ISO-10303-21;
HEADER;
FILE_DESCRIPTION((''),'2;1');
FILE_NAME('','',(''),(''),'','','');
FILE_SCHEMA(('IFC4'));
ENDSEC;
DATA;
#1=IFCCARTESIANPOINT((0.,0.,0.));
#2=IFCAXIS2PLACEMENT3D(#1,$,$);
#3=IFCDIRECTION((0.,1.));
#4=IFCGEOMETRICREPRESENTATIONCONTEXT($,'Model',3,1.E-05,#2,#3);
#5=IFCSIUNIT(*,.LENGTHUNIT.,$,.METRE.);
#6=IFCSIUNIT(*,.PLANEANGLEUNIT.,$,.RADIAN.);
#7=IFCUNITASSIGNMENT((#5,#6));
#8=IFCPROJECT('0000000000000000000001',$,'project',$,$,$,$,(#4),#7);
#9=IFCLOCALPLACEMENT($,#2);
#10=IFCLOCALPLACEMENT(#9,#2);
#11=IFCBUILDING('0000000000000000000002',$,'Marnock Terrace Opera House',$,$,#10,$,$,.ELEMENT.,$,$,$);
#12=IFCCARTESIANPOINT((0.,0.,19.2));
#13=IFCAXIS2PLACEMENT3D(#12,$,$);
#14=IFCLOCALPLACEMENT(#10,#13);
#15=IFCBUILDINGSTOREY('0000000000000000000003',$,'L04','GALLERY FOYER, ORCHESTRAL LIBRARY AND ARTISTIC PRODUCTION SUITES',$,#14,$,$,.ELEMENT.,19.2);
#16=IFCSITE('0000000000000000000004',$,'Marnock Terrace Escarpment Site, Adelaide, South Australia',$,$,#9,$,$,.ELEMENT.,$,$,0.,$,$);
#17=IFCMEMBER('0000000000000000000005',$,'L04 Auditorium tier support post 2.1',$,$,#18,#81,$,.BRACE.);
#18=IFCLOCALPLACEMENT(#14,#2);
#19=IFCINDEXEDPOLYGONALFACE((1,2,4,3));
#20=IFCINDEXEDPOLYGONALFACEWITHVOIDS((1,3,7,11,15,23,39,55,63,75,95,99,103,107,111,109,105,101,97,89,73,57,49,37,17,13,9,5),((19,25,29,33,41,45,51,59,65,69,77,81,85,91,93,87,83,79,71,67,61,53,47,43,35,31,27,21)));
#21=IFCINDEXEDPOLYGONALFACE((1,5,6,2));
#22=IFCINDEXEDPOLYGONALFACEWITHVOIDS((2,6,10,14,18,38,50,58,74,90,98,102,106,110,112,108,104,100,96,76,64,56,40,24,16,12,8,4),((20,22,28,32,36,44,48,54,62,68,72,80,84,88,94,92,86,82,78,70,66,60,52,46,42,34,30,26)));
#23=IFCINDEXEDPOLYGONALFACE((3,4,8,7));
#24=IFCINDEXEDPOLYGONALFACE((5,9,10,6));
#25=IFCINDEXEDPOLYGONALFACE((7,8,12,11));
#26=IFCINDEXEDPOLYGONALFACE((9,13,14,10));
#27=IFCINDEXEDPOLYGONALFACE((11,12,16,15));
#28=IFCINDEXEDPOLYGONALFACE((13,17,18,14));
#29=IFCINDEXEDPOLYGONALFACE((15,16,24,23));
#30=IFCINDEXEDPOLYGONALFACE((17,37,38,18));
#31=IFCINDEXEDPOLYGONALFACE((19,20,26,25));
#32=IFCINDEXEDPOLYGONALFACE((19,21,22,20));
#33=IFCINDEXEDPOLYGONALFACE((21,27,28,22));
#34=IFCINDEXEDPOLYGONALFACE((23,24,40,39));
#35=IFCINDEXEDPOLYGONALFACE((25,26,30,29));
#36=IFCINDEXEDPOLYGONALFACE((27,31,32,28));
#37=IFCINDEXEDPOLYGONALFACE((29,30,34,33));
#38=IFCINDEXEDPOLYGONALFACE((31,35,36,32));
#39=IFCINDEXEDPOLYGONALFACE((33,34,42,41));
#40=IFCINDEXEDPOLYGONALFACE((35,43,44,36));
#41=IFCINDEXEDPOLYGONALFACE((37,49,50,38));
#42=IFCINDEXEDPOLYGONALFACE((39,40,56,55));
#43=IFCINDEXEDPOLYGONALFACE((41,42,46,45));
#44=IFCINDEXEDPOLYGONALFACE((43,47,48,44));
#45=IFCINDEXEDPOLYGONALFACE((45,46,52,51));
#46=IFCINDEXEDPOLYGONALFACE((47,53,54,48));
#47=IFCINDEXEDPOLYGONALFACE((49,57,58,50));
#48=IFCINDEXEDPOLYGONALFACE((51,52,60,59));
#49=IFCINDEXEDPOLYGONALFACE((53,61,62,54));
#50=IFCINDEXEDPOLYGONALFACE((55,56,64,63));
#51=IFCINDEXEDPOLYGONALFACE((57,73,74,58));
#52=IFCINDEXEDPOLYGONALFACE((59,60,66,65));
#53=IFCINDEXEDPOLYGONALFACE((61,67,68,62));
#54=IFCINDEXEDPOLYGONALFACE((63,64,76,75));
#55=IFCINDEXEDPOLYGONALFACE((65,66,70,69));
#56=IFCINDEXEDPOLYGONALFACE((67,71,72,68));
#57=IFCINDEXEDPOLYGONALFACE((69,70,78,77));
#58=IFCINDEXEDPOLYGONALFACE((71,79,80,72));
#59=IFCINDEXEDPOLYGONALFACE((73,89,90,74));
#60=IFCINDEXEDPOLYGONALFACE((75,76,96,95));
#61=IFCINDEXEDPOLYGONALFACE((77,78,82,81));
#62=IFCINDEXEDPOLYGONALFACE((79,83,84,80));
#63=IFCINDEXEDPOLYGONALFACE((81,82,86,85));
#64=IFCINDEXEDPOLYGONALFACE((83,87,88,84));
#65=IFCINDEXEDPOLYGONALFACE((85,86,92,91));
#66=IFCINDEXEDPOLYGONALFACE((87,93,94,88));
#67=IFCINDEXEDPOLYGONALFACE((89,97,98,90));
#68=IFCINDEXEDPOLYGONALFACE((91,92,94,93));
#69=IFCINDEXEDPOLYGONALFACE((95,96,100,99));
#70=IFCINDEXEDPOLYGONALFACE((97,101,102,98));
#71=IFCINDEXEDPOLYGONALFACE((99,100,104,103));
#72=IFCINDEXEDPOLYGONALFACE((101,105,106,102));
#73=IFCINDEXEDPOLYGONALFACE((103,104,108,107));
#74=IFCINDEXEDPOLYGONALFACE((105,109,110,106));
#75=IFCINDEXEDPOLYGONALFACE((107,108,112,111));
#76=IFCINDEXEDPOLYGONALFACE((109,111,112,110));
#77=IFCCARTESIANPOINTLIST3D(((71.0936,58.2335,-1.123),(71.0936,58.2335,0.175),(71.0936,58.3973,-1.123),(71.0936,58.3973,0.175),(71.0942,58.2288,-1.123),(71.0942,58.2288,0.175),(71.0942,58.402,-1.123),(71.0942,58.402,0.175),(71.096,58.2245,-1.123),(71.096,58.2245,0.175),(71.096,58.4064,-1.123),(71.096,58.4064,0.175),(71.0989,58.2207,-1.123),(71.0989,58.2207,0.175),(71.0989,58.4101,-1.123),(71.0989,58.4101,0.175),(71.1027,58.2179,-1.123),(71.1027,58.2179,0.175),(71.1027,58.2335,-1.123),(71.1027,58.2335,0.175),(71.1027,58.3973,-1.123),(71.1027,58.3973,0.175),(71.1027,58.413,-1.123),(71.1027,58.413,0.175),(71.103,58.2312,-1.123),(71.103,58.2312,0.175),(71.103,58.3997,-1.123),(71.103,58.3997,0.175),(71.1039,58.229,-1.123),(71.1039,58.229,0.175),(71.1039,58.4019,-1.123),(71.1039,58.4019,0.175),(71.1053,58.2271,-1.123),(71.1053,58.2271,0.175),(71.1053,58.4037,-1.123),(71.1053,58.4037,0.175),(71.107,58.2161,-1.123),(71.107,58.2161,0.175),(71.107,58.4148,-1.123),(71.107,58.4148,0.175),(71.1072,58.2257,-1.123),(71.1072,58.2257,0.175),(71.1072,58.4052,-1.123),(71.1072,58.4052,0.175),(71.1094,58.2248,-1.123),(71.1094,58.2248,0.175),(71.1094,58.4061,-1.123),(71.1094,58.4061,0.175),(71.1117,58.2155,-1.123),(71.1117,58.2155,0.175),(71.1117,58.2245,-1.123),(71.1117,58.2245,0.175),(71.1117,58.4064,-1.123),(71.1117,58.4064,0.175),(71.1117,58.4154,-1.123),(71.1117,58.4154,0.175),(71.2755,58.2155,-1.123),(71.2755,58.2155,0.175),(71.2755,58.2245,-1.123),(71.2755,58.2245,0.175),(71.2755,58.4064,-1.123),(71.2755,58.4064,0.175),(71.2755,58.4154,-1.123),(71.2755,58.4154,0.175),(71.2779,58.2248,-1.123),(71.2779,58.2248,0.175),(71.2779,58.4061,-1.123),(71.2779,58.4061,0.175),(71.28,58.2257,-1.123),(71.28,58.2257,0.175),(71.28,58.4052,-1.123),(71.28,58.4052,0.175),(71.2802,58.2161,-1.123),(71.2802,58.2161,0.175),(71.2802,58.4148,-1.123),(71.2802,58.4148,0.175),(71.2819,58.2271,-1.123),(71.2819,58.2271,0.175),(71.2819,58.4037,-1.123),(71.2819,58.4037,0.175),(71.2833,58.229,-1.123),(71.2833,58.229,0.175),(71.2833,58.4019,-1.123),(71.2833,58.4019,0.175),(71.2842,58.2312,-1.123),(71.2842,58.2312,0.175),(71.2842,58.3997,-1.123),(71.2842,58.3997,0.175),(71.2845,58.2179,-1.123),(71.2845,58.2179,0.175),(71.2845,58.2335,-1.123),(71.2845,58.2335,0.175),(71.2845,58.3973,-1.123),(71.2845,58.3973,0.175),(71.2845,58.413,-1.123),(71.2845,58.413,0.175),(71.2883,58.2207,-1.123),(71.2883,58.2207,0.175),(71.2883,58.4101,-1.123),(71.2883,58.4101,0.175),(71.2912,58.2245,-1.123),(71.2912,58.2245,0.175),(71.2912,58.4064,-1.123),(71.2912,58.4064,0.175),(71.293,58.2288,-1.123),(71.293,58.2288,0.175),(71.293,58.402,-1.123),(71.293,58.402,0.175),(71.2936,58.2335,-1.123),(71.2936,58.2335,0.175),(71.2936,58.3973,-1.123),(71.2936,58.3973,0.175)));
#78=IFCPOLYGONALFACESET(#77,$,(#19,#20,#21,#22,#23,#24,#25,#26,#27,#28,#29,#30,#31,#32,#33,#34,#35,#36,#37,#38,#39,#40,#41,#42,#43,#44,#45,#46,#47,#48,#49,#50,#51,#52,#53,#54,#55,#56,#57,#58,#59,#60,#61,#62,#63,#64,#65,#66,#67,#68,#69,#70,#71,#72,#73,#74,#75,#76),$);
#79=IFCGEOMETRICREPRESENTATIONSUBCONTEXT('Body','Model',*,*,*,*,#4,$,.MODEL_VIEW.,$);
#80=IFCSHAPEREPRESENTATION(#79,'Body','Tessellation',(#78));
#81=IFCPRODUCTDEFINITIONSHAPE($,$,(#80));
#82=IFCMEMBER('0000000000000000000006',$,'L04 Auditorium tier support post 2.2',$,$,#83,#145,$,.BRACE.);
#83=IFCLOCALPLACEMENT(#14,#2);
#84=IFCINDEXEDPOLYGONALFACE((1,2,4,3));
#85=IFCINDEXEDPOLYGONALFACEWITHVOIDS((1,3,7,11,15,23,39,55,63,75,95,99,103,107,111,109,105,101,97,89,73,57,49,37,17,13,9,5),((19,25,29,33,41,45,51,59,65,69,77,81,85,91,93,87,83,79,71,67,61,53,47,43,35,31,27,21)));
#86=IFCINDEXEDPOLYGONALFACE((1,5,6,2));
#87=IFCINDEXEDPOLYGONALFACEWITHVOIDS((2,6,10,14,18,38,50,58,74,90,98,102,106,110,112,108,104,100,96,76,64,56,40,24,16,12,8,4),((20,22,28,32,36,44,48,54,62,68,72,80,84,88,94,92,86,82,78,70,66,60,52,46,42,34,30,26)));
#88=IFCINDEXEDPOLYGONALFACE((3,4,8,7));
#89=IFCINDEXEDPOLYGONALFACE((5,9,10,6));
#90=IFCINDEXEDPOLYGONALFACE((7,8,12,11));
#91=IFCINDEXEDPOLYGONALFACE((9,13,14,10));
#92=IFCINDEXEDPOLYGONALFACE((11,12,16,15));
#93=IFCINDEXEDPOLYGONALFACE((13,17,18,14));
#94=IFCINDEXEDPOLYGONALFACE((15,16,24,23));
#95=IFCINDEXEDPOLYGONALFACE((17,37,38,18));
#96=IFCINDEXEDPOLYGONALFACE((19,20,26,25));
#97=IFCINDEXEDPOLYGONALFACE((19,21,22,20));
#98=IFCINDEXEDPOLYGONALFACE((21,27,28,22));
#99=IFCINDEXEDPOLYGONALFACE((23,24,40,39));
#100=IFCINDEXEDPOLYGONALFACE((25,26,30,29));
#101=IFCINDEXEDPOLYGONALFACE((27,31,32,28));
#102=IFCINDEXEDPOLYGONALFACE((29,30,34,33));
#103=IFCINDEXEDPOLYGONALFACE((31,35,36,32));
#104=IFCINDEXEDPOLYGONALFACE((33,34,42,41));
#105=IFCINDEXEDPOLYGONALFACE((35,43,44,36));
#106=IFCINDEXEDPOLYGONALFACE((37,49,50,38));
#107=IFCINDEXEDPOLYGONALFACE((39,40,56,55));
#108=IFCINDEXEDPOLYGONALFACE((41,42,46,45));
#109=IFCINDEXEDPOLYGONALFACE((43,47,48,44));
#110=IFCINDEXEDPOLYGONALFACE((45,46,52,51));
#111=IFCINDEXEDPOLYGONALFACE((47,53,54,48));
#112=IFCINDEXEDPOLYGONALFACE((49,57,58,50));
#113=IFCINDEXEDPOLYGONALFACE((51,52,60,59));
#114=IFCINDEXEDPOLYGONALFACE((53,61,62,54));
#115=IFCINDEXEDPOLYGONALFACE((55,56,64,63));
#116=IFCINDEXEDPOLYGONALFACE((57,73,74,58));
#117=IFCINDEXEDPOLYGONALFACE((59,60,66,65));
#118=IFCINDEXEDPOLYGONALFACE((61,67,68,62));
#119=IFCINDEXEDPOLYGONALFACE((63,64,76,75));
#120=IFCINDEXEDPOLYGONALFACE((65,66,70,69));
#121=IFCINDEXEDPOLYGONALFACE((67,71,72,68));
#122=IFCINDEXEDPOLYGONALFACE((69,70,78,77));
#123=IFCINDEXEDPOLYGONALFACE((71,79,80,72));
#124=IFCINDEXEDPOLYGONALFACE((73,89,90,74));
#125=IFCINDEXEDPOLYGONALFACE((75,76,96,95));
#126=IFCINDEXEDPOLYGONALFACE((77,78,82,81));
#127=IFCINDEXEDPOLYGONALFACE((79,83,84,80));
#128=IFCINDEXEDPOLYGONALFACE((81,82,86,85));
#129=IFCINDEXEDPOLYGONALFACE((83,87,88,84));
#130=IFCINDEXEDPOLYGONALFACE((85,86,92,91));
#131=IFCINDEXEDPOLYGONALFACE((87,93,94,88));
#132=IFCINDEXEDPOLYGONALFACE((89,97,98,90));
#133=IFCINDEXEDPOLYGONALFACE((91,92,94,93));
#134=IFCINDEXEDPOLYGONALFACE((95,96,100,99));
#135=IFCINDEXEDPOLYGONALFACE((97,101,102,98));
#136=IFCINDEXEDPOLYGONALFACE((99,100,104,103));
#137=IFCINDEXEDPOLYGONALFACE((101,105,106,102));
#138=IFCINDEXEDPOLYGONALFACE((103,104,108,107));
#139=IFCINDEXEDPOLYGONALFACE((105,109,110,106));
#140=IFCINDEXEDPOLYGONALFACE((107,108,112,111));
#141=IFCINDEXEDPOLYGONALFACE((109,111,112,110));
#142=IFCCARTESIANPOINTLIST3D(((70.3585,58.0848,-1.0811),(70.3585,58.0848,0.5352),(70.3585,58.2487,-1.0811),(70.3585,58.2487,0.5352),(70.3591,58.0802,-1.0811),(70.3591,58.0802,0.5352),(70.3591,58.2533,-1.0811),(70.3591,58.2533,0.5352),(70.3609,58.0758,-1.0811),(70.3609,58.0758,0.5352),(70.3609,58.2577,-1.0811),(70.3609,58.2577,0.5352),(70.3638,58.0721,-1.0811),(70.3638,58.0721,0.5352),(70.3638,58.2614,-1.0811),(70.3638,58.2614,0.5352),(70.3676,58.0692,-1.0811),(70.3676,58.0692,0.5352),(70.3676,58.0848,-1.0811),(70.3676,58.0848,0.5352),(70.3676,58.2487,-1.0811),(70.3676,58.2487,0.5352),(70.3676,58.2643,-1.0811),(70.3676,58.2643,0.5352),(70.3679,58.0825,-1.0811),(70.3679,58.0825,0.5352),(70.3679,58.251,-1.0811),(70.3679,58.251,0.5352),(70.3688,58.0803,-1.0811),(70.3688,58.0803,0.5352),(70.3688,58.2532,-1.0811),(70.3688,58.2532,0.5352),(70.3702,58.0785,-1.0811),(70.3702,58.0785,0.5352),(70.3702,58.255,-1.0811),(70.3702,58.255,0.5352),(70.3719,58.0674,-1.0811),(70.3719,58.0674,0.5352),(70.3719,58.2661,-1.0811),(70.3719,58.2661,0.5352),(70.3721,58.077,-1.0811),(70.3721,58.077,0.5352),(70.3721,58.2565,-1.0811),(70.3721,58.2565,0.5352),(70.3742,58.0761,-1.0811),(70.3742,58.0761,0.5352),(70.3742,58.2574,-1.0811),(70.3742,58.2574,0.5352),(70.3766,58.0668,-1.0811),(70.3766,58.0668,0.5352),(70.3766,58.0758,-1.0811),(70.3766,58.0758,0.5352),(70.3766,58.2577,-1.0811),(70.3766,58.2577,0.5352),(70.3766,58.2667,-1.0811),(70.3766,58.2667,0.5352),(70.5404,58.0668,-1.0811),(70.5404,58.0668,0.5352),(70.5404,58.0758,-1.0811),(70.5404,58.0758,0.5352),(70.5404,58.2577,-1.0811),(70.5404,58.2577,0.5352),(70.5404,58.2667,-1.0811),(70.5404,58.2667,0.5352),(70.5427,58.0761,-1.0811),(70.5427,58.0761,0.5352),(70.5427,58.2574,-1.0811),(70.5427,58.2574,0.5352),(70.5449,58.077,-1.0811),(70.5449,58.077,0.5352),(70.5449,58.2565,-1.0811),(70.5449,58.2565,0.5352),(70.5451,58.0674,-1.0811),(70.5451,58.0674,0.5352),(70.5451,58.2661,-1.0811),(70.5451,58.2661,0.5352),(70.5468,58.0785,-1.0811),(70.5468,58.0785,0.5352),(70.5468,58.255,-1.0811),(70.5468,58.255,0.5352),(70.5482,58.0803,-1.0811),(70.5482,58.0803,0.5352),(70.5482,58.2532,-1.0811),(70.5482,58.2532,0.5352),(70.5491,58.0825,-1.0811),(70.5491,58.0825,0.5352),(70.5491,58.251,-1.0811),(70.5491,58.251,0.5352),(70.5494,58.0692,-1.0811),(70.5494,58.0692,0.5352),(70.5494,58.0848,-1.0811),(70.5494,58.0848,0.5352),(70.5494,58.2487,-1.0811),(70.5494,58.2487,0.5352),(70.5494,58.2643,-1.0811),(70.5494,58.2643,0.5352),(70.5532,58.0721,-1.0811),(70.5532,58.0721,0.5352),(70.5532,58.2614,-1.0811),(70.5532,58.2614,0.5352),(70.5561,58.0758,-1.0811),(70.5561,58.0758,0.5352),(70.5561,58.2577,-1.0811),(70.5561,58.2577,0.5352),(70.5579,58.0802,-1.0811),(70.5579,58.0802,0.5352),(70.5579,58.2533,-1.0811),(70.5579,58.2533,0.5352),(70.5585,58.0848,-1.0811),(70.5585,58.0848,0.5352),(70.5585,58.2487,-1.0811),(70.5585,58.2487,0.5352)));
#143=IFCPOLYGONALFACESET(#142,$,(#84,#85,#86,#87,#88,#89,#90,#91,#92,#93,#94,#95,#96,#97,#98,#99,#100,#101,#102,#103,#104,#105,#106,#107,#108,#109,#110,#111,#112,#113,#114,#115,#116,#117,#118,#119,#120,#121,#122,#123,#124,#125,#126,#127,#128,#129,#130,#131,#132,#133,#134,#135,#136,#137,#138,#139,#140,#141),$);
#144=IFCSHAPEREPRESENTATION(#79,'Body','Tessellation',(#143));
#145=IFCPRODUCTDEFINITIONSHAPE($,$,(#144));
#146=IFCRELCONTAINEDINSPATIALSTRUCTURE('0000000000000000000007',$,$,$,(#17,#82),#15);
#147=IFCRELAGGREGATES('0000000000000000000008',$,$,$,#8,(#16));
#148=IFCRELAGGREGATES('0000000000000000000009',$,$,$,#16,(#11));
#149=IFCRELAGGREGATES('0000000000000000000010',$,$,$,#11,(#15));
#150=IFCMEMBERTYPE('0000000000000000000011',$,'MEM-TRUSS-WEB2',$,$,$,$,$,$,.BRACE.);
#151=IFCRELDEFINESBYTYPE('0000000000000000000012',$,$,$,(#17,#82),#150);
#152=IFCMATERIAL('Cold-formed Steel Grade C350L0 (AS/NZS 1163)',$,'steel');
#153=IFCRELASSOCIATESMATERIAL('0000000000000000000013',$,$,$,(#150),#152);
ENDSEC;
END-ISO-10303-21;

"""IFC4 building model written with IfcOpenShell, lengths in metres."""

from ifc_helpers import new_model, si_unit, direction, frame, origin, origin_2d, place, context, subcontext, project, spatial, hollow_rectangle, extrude, material, material_profile, profile_set, type_object, element, save


model = new_model("IFC4")

# Units and contexts
model_context = context("Model", 3, precision=1e-05, world=origin(), true_north=direction((0.0, 1.0)))
body_context = subcontext(model_context, "Body", "Model", "MODEL_VIEW")
ifc_project = project(units=[si_unit("LENGTHUNIT", "METRE"), si_unit("PLANEANGLEUNIT", "RADIAN")], contexts=[model_context])

# Site, building, storey
site_placement = place(None, origin())
site = spatial("IfcSite", under=ifc_project, at=site_placement, Name="Marnock Terrace Escarpment Site, Adelaide, South Australia", CompositionType="ELEMENT", RefElevation=0.0)
building_placement = place(site_placement, origin())
building = spatial("IfcBuilding", under=site, at=building_placement, Name="Marnock Terrace Opera House", CompositionType="ELEMENT")
storey_placement = place(building_placement, frame((0.0, 0.0, 19.2)))
storey = spatial("IfcBuildingStorey", under=building, at=storey_placement, Name="L04", Description="GALLERY FOYER, ORCHESTRAL LIBRARY AND ARTISTIC PRODUCTION SUITES", CompositionType="ELEMENT", Elevation=19.2)

# Members
ifc_material_1 = material(Name="Cold-formed Steel Grade C350L0 (AS/NZS 1163)", Category="steel")
ifc_material_profile_1 = material_profile(ifc_material_1, hollow_rectangle(XDim=0.2, YDim=0.2, WallThickness=0.009, InnerFilletRadius=0.009, OuterFilletRadius=0.0181, at=origin_2d()))
ifc_profile_set_1 = profile_set([ifc_material_profile_1], Name="Cold-formed Steel Grade C350L0 (AS/NZS 1163)")
member_type = type_object("IfcMemberType", Name="MEM-TRUSS-WEB2", PredefinedType="BRACE", material=ifc_profile_set_1)
for number, where, z_axis, x_axis, name in (
    (1, (71.1936, 58.3154, -1.123), (0.0, 0.0, 1.0), (1.0, 0.0, 0.0), "L04 Auditorium tier support post 2.1"),
):
    element("IfcMember", number, at=place(storey_placement, frame(where, z_axis=z_axis, x_axis=x_axis)), inside=storey, type_object=member_type, Name=name, PredefinedType="BRACE", context=body_context, shape_type="SweptSolid", body=[
        extrude(hollow_rectangle(XDim=0.2, YDim=0.2, WallThickness=0.009, InnerFilletRadius=0.009, OuterFilletRadius=0.0181, at=origin_2d()), origin(), (0.0, 0.0, 1.0), 1.2981),
    ])
member_1_placement = place(storey_placement, frame((70.4585, 58.1667, -1.0811), z_axis=(0.0, 0.0, 1.0), x_axis=(1.0, 0.0, 0.0)))
element("IfcMember", 2, at=member_1_placement, inside=storey, type_object=member_type, Name="L04 Auditorium tier support post 2.2", PredefinedType="BRACE", context=body_context, shape_type="SweptSolid", body=[
    extrude(hollow_rectangle(XDim=0.2, YDim=0.2, WallThickness=0.009, InnerFilletRadius=0.009, OuterFilletRadius=0.0181, at=origin_2d()), origin(), (0.0, 0.0, 1.0), 1.6162),
])

save(model, "model.ifc")
